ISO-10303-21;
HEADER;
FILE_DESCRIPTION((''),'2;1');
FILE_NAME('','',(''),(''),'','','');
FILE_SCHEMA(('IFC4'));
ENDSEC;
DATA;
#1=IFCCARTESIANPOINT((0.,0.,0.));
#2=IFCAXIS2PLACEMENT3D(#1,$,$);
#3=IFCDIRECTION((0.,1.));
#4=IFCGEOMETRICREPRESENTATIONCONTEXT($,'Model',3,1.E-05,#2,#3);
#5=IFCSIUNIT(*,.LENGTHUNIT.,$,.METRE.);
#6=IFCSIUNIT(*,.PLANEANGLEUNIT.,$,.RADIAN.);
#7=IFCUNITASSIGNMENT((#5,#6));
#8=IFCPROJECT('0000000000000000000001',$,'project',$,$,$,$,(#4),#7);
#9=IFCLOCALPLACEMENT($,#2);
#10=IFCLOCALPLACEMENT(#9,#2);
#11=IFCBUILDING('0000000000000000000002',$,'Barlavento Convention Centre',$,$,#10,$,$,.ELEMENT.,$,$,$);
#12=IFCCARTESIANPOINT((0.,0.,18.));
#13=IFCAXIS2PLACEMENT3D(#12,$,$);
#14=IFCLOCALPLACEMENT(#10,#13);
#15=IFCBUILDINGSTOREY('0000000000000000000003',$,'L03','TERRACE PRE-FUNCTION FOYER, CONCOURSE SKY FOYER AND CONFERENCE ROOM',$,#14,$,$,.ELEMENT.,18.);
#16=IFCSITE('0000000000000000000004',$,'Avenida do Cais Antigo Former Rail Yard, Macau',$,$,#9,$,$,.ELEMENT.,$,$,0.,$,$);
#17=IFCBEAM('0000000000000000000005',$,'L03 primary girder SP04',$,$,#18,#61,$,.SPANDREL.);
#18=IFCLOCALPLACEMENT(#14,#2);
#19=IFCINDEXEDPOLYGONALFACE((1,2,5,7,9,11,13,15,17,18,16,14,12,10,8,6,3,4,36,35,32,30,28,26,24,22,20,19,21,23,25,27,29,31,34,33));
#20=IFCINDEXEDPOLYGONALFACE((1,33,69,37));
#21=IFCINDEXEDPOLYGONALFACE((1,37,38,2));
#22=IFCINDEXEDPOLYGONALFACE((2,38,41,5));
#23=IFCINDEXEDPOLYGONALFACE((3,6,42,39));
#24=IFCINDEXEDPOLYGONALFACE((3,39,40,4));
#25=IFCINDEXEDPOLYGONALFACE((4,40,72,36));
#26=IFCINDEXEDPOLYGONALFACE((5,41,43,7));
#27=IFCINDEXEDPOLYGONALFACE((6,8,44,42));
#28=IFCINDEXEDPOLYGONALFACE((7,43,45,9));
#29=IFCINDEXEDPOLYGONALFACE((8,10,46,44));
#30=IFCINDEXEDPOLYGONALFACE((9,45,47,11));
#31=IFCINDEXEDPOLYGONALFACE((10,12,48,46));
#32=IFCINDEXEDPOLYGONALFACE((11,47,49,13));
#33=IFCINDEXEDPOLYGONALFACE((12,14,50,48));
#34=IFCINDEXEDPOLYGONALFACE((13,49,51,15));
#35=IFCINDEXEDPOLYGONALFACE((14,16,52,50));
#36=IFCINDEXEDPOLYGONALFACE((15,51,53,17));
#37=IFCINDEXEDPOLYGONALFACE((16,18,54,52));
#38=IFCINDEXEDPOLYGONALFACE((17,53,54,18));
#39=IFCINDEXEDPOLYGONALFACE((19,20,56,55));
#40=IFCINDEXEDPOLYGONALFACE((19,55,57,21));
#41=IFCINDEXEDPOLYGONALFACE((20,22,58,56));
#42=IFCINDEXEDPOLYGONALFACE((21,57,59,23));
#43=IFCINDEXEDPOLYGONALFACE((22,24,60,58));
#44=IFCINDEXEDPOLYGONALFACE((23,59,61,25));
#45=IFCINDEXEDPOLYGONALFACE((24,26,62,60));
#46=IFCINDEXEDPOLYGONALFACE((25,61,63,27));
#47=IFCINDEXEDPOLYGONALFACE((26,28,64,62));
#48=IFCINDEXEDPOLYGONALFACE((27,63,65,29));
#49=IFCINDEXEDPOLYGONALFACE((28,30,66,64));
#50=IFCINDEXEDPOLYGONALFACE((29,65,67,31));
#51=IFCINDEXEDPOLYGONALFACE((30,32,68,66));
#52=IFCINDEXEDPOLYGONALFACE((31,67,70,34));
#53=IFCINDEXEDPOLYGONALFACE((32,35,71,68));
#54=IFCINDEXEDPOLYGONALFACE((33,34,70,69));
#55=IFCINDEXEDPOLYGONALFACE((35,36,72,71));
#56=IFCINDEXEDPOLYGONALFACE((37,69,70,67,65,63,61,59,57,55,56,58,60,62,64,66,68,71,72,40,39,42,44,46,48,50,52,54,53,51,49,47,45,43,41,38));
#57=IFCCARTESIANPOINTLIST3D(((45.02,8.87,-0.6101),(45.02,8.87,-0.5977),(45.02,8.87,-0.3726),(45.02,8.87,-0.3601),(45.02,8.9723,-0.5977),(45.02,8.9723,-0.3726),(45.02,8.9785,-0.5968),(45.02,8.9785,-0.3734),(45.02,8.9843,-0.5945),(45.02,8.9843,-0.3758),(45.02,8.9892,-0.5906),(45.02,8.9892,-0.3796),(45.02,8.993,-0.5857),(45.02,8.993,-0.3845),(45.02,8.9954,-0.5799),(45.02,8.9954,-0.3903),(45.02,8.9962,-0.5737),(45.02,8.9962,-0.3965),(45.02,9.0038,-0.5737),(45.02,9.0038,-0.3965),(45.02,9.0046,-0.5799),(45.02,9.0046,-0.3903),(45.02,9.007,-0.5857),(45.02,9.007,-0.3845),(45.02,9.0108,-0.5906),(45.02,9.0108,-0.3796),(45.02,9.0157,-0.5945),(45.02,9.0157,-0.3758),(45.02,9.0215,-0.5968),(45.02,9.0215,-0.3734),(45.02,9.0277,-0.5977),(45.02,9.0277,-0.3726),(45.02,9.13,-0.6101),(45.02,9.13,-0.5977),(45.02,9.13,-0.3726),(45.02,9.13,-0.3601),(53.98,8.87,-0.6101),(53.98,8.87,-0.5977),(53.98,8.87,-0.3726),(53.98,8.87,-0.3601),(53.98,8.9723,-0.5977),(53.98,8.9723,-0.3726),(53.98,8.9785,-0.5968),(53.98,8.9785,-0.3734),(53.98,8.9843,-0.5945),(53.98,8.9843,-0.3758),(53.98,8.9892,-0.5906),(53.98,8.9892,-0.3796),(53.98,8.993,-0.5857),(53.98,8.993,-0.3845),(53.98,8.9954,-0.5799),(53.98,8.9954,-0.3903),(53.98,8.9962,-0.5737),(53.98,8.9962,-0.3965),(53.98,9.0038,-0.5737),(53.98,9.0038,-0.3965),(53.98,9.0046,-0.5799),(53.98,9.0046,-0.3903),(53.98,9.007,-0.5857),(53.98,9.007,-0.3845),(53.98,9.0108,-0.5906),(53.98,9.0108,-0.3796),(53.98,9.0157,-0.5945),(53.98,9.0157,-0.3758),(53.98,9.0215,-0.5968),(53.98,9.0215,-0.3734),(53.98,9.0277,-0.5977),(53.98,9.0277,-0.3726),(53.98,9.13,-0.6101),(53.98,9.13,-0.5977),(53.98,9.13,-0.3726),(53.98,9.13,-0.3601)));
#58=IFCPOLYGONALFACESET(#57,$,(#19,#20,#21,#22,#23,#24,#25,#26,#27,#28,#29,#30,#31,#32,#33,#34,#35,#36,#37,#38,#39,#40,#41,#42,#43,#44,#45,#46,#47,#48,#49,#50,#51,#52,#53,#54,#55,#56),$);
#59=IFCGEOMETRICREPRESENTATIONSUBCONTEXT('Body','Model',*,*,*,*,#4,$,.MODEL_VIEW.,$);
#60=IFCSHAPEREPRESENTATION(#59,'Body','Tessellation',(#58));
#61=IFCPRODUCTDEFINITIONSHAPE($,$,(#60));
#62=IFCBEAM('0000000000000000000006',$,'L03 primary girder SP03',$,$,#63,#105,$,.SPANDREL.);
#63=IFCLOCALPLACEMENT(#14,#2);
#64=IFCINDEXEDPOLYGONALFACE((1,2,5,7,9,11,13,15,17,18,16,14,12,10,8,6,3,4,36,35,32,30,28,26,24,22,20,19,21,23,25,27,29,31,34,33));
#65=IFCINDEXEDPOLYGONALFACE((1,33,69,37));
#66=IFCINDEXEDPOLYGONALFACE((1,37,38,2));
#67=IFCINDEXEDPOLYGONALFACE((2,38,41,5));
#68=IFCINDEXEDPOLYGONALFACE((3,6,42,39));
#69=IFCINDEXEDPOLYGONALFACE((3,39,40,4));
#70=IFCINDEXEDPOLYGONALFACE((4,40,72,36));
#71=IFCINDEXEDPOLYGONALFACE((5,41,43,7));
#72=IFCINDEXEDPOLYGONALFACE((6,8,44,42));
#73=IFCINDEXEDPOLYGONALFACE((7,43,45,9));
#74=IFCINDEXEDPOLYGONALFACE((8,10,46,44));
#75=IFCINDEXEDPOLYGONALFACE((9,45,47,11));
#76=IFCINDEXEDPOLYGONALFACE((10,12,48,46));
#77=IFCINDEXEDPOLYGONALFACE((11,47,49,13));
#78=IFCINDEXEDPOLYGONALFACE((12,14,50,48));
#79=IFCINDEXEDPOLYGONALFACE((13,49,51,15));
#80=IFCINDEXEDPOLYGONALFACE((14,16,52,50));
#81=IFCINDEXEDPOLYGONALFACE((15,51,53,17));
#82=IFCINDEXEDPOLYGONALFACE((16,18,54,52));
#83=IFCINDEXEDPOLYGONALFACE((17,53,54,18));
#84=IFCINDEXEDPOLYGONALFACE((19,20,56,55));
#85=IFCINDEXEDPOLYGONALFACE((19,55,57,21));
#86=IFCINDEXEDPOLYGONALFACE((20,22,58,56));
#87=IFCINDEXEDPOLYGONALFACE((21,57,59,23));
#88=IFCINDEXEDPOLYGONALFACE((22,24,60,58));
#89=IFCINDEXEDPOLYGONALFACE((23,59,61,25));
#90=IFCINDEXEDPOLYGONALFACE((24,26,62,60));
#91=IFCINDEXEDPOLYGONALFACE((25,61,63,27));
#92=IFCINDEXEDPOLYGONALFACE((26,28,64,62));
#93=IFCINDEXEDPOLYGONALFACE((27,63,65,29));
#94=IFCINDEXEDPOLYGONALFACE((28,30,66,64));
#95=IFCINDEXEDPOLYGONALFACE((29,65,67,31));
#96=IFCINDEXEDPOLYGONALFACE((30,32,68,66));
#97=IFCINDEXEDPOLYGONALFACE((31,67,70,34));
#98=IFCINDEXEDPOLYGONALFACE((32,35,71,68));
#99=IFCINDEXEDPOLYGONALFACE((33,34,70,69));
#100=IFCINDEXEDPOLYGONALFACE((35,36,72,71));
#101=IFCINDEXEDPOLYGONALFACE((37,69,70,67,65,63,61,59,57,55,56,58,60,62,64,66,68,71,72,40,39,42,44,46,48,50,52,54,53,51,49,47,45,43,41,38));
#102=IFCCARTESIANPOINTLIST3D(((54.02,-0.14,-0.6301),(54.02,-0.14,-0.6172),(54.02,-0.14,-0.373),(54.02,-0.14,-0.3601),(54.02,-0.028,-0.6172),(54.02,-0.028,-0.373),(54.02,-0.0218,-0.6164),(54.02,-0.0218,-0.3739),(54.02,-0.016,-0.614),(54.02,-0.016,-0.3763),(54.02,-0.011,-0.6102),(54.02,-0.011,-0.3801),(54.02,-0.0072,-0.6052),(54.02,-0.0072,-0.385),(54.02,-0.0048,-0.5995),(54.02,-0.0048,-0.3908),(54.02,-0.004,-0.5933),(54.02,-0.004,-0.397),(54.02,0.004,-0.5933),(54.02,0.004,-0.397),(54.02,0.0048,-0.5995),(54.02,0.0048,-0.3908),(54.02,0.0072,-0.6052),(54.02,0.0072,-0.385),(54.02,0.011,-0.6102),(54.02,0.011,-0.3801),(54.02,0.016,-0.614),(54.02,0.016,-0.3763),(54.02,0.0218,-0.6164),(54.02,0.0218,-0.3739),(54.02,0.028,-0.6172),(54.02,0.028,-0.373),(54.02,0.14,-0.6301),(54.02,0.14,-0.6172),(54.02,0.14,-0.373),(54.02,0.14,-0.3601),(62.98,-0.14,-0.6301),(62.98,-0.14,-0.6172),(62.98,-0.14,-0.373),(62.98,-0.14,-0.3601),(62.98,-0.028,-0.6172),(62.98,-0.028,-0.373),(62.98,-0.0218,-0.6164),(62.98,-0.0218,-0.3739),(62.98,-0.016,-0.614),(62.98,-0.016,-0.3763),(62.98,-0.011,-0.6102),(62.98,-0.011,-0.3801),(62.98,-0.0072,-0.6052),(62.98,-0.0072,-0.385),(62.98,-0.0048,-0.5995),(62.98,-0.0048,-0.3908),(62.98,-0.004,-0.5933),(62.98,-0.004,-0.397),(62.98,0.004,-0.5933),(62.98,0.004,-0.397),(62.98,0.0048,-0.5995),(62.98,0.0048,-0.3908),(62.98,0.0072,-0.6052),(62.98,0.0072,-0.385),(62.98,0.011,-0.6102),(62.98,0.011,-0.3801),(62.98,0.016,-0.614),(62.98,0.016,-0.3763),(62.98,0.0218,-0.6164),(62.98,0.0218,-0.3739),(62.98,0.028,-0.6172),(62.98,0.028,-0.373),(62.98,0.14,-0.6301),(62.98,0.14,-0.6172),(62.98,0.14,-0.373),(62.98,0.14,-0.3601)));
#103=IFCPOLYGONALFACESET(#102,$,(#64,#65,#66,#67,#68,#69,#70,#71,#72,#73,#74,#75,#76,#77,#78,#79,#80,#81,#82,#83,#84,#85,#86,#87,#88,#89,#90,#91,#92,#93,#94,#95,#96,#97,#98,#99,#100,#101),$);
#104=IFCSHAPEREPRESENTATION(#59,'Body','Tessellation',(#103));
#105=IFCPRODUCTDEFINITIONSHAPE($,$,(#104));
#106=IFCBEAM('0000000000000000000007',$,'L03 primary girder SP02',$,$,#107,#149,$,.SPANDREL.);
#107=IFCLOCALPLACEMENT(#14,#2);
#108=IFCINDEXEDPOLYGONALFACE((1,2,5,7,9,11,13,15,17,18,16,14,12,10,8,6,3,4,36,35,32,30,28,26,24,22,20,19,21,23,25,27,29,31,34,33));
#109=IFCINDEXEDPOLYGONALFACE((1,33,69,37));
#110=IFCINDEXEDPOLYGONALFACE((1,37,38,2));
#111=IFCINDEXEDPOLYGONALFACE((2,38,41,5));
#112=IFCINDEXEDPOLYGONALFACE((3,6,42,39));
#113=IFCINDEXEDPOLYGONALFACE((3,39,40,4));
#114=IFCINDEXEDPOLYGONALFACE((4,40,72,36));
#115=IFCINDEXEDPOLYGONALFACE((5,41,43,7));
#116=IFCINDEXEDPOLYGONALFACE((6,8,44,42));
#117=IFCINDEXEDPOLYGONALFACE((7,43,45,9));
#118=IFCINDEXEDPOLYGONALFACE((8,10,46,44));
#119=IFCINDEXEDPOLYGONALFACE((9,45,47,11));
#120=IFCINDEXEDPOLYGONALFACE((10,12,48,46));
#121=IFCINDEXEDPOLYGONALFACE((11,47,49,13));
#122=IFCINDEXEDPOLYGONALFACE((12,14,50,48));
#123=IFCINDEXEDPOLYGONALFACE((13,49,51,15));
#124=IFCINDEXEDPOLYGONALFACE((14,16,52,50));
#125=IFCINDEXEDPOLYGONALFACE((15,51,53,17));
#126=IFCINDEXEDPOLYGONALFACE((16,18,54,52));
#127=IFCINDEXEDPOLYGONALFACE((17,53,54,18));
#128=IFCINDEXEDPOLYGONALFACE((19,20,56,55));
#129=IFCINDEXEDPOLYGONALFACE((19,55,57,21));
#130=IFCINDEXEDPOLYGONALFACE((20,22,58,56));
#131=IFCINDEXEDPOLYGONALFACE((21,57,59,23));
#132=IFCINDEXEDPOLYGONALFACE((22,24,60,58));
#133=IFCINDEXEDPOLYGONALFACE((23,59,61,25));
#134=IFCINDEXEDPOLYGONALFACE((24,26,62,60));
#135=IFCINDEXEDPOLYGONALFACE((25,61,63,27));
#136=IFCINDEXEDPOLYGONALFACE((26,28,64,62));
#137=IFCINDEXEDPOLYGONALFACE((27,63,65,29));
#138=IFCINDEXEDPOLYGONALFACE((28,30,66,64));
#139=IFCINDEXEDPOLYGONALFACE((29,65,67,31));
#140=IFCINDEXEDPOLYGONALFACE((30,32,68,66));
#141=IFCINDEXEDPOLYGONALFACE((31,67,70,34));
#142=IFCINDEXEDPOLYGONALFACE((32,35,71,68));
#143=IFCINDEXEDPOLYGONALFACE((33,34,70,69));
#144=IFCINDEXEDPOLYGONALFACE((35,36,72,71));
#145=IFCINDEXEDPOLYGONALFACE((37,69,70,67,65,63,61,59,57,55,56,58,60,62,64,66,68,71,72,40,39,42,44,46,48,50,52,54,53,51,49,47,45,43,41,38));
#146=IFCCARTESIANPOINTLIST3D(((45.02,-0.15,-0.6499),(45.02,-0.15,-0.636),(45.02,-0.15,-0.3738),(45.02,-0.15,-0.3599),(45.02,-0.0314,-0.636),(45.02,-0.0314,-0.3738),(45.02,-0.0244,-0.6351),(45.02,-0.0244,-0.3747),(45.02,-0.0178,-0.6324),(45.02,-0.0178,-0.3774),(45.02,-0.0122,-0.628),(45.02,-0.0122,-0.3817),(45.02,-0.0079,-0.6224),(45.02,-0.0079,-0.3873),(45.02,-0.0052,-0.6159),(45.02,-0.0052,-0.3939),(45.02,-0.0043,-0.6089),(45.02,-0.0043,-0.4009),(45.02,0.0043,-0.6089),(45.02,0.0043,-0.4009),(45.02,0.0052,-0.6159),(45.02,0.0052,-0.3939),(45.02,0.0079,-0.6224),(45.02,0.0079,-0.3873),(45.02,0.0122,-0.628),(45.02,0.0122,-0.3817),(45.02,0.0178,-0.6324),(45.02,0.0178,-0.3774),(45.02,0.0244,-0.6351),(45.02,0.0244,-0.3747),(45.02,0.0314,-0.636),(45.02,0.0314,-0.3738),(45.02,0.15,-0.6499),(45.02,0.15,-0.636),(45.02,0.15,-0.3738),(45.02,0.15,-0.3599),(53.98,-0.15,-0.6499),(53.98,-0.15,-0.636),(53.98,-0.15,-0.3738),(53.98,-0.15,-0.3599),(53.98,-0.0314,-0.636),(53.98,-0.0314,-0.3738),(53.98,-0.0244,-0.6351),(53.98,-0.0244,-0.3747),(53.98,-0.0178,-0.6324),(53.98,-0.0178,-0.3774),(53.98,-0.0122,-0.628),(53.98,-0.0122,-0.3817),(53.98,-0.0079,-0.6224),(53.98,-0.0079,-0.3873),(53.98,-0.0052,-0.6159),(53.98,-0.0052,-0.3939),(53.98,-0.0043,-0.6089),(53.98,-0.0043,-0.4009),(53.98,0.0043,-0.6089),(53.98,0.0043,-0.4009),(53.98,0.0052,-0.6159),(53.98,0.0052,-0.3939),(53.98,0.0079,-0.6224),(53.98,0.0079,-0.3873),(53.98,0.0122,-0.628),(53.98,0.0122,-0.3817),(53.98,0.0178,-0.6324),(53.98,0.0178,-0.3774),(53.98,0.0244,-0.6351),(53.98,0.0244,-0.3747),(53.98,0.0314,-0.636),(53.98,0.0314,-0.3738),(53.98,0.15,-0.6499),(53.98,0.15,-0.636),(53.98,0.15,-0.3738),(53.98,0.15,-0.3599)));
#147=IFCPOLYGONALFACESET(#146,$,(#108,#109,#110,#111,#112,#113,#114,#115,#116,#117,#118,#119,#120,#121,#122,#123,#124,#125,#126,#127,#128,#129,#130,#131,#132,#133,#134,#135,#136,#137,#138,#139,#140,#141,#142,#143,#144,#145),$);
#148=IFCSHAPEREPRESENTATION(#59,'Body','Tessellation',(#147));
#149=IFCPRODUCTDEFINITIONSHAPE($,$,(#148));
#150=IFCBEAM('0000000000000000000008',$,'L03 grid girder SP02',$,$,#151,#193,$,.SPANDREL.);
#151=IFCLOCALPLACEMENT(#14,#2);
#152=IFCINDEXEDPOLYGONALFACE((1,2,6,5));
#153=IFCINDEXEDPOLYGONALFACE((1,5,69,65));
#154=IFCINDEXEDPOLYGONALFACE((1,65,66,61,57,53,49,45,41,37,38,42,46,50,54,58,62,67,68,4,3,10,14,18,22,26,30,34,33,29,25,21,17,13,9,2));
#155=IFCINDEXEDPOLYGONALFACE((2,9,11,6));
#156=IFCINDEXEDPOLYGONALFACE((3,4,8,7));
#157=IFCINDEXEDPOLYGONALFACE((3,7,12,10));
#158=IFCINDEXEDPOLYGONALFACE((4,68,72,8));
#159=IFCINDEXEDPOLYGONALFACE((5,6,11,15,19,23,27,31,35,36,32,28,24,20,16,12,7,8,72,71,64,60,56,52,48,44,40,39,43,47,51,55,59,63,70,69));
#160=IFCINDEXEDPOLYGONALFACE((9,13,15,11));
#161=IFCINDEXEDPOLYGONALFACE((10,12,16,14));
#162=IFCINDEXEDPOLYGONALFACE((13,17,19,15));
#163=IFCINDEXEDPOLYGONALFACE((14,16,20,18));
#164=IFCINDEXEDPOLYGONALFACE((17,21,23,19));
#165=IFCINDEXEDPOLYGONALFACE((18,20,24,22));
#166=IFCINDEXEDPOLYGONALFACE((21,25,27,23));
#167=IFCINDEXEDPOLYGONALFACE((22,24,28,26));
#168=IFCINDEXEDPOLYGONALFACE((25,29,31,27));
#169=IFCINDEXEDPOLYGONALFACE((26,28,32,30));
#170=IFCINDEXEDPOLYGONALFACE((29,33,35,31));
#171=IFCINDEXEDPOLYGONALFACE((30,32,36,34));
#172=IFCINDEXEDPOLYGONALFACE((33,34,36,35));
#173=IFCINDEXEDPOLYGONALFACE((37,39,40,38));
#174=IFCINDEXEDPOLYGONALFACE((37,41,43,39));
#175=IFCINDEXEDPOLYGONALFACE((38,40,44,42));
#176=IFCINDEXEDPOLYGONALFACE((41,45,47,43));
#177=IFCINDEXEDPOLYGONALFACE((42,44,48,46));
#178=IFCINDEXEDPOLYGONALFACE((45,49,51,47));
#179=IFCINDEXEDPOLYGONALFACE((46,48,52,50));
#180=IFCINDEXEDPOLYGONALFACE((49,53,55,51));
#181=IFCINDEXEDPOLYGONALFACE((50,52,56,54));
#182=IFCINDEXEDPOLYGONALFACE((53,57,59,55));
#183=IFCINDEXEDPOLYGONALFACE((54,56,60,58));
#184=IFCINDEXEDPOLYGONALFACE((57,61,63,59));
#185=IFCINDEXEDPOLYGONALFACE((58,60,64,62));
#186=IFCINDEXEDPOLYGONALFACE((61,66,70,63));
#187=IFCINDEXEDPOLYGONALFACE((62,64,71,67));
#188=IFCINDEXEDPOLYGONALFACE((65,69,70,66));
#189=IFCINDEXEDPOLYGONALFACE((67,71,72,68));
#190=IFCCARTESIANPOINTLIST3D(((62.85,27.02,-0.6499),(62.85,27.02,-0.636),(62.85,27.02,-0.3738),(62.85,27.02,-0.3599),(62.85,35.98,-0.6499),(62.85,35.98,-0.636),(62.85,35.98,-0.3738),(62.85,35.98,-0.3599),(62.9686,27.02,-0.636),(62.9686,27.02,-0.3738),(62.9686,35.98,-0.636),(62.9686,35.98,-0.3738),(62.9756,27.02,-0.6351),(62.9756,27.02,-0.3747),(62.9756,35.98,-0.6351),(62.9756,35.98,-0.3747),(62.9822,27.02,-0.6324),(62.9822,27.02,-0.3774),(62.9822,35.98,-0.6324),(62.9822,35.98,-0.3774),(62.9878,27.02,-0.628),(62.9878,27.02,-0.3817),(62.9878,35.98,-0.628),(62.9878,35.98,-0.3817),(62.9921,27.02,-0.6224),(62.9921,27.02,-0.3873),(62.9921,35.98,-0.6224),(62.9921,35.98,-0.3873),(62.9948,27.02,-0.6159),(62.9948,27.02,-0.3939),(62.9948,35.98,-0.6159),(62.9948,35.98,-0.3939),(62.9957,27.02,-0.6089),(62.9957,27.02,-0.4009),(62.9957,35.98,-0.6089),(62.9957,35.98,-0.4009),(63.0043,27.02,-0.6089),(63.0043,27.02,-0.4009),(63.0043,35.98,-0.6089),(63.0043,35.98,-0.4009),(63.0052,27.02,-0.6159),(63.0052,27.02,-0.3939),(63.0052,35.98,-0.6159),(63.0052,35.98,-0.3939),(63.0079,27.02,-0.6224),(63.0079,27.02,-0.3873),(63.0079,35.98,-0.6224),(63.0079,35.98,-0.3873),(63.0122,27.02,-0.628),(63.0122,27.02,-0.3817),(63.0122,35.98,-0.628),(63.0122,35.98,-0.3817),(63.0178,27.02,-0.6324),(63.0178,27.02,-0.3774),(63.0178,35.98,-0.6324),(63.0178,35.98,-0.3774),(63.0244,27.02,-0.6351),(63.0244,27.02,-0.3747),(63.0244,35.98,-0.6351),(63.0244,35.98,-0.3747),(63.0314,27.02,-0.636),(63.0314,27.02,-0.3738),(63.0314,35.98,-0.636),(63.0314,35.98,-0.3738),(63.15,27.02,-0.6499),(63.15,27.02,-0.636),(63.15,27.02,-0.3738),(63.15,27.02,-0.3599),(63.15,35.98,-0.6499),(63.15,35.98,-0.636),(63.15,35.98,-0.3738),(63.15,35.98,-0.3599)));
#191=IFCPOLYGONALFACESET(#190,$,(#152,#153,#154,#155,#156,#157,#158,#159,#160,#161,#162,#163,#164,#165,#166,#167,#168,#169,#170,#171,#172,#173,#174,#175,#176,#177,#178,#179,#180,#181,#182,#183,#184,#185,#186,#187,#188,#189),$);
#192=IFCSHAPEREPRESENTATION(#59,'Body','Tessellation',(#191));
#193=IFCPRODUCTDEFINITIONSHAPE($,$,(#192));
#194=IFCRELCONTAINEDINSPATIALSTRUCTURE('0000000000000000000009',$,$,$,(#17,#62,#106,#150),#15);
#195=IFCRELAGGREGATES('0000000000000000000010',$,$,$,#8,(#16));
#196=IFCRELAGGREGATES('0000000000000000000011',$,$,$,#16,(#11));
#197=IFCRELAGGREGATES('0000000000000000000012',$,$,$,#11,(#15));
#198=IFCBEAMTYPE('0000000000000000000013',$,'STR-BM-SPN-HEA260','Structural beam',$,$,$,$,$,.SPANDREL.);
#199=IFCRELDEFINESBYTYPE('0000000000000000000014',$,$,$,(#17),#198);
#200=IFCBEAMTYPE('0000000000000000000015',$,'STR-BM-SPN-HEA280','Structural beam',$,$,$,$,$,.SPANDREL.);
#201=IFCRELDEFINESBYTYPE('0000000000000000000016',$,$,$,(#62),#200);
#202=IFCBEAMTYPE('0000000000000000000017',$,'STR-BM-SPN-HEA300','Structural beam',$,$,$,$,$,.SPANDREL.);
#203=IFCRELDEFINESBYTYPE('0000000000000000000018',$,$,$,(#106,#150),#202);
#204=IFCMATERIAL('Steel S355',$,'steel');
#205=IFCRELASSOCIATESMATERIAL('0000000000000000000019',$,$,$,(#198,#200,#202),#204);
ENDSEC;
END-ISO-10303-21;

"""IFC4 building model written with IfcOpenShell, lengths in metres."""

from ifc_helpers import new_model, si_unit, direction, frame, origin, origin_2d, place, context, subcontext, project, spatial, i_section, extrude, material, material_profile, profile_set, type_object, element, save


model = new_model("IFC4")

# Units and contexts
model_context = context("Model", 3, precision=1e-05, world=origin(), true_north=direction((0.0, 1.0)))
body_context = subcontext(model_context, "Body", "Model", "MODEL_VIEW")
ifc_project = project(units=[si_unit("LENGTHUNIT", "METRE"), si_unit("PLANEANGLEUNIT", "RADIAN")], contexts=[model_context])

# Site, building, storey
site_placement = place(None, origin())
site = spatial("IfcSite", under=ifc_project, at=site_placement, Name="Avenida do Cais Antigo Former Rail Yard, Macau", CompositionType="ELEMENT", RefElevation=0.0)
building_placement = place(site_placement, origin())
building = spatial("IfcBuilding", under=site, at=building_placement, Name="Barlavento Convention Centre", CompositionType="ELEMENT")
storey_placement = place(building_placement, frame((0.0, 0.0, 18.0)))
storey = spatial("IfcBuildingStorey", under=building, at=storey_placement, Name="L03", Description="TERRACE PRE-FUNCTION FOYER, CONCOURSE SKY FOYER AND CONFERENCE ROOM", CompositionType="ELEMENT", Elevation=18.0)

# Shared definitions
ifc_material_1 = material(Name="Steel S355", Category="steel")

# Beams
ifc_material_profile_1 = material_profile(ifc_material_1, i_section(OverallWidth=0.26, OverallDepth=0.25, WebThickness=0.0076, FlangeThickness=0.0125, FilletRadius=0.0239, at=origin_2d()), Name="HEA 260")
ifc_profile_set_1 = profile_set([ifc_material_profile_1], Name="Steel S355")
beam_type_1 = type_object("IfcBeamType", Name="STR-BM-SPN-HEA260", Description="Structural beam", PredefinedType="SPANDREL", material=ifc_profile_set_1)
beam_1_placement = place(storey_placement, frame((45.02, 9.0, -0.4851), z_axis=(1.0, 0.0, 0.0), x_axis=(0.0, 1.0, 0.0)))
element("IfcBeam", 1, at=beam_1_placement, inside=storey, type_object=beam_type_1, Name="L03 primary girder SP04", PredefinedType="SPANDREL", context=body_context, shape_type="SweptSolid", body=[
    extrude(i_section(OverallWidth=0.26, OverallDepth=0.25, WebThickness=0.0076, FlangeThickness=0.0125, FilletRadius=0.0239, at=origin_2d()), origin(), (0.0, 0.0, 1.0), 8.96),
])
ifc_material_profile_2 = material_profile(ifc_material_1, i_section(OverallWidth=0.28, OverallDepth=0.27, WebThickness=0.0081, FlangeThickness=0.0129, FilletRadius=0.0239, at=origin_2d()), Name="HEA 280")
ifc_profile_set_2 = profile_set([ifc_material_profile_2], Name="Steel S355")
beam_type_2 = type_object("IfcBeamType", Name="STR-BM-SPN-HEA280", Description="Structural beam", PredefinedType="SPANDREL", material=ifc_profile_set_2)
beam_2_placement = place(storey_placement, frame((54.02, 0.0, -0.4951), z_axis=(1.0, 0.0, 0.0), x_axis=(0.0, 1.0, 0.0)))
element("IfcBeam", 2, at=beam_2_placement, inside=storey, type_object=beam_type_2, Name="L03 primary girder SP03", PredefinedType="SPANDREL", context=body_context, shape_type="SweptSolid", body=[
    extrude(i_section(OverallWidth=0.28, OverallDepth=0.27, WebThickness=0.0081, FlangeThickness=0.0129, FilletRadius=0.0239, at=origin_2d()), origin(), (0.0, 0.0, 1.0), 8.96),
])
ifc_material_profile_3 = material_profile(ifc_material_1, i_section(OverallWidth=0.3, OverallDepth=0.29, WebThickness=0.0085, FlangeThickness=0.0139, FilletRadius=0.0271, at=origin_2d()), Name="HEA 300")
ifc_profile_set_3 = profile_set([ifc_material_profile_3], Name="Steel S355")
beam_type_3 = type_object("IfcBeamType", Name="STR-BM-SPN-HEA300", Description="Structural beam", PredefinedType="SPANDREL", material=ifc_profile_set_3)
for number, where, z_axis, x_axis, name in (
    (3, (45.02, 0.0, -0.5049), (1.0, 0.0, 0.0), (0.0, 1.0, 0.0), "L03 primary girder SP02"),
    (4, (63.0, 27.02, -0.5049), (0.0, 1.0, 0.0), (-1.0, 0.0, 0.0), "L03 grid girder SP02"),
):
    element("IfcBeam", number, at=place(storey_placement, frame(where, z_axis=z_axis, x_axis=x_axis)), inside=storey, type_object=beam_type_3, Name=name, PredefinedType="SPANDREL", context=body_context, shape_type="SweptSolid", body=[
        extrude(i_section(OverallWidth=0.3, OverallDepth=0.29, WebThickness=0.0085, FlangeThickness=0.0139, FilletRadius=0.0271, at=origin_2d()), origin(), (0.0, 0.0, 1.0), 8.96),
    ])

save(model, "model.ifc")
